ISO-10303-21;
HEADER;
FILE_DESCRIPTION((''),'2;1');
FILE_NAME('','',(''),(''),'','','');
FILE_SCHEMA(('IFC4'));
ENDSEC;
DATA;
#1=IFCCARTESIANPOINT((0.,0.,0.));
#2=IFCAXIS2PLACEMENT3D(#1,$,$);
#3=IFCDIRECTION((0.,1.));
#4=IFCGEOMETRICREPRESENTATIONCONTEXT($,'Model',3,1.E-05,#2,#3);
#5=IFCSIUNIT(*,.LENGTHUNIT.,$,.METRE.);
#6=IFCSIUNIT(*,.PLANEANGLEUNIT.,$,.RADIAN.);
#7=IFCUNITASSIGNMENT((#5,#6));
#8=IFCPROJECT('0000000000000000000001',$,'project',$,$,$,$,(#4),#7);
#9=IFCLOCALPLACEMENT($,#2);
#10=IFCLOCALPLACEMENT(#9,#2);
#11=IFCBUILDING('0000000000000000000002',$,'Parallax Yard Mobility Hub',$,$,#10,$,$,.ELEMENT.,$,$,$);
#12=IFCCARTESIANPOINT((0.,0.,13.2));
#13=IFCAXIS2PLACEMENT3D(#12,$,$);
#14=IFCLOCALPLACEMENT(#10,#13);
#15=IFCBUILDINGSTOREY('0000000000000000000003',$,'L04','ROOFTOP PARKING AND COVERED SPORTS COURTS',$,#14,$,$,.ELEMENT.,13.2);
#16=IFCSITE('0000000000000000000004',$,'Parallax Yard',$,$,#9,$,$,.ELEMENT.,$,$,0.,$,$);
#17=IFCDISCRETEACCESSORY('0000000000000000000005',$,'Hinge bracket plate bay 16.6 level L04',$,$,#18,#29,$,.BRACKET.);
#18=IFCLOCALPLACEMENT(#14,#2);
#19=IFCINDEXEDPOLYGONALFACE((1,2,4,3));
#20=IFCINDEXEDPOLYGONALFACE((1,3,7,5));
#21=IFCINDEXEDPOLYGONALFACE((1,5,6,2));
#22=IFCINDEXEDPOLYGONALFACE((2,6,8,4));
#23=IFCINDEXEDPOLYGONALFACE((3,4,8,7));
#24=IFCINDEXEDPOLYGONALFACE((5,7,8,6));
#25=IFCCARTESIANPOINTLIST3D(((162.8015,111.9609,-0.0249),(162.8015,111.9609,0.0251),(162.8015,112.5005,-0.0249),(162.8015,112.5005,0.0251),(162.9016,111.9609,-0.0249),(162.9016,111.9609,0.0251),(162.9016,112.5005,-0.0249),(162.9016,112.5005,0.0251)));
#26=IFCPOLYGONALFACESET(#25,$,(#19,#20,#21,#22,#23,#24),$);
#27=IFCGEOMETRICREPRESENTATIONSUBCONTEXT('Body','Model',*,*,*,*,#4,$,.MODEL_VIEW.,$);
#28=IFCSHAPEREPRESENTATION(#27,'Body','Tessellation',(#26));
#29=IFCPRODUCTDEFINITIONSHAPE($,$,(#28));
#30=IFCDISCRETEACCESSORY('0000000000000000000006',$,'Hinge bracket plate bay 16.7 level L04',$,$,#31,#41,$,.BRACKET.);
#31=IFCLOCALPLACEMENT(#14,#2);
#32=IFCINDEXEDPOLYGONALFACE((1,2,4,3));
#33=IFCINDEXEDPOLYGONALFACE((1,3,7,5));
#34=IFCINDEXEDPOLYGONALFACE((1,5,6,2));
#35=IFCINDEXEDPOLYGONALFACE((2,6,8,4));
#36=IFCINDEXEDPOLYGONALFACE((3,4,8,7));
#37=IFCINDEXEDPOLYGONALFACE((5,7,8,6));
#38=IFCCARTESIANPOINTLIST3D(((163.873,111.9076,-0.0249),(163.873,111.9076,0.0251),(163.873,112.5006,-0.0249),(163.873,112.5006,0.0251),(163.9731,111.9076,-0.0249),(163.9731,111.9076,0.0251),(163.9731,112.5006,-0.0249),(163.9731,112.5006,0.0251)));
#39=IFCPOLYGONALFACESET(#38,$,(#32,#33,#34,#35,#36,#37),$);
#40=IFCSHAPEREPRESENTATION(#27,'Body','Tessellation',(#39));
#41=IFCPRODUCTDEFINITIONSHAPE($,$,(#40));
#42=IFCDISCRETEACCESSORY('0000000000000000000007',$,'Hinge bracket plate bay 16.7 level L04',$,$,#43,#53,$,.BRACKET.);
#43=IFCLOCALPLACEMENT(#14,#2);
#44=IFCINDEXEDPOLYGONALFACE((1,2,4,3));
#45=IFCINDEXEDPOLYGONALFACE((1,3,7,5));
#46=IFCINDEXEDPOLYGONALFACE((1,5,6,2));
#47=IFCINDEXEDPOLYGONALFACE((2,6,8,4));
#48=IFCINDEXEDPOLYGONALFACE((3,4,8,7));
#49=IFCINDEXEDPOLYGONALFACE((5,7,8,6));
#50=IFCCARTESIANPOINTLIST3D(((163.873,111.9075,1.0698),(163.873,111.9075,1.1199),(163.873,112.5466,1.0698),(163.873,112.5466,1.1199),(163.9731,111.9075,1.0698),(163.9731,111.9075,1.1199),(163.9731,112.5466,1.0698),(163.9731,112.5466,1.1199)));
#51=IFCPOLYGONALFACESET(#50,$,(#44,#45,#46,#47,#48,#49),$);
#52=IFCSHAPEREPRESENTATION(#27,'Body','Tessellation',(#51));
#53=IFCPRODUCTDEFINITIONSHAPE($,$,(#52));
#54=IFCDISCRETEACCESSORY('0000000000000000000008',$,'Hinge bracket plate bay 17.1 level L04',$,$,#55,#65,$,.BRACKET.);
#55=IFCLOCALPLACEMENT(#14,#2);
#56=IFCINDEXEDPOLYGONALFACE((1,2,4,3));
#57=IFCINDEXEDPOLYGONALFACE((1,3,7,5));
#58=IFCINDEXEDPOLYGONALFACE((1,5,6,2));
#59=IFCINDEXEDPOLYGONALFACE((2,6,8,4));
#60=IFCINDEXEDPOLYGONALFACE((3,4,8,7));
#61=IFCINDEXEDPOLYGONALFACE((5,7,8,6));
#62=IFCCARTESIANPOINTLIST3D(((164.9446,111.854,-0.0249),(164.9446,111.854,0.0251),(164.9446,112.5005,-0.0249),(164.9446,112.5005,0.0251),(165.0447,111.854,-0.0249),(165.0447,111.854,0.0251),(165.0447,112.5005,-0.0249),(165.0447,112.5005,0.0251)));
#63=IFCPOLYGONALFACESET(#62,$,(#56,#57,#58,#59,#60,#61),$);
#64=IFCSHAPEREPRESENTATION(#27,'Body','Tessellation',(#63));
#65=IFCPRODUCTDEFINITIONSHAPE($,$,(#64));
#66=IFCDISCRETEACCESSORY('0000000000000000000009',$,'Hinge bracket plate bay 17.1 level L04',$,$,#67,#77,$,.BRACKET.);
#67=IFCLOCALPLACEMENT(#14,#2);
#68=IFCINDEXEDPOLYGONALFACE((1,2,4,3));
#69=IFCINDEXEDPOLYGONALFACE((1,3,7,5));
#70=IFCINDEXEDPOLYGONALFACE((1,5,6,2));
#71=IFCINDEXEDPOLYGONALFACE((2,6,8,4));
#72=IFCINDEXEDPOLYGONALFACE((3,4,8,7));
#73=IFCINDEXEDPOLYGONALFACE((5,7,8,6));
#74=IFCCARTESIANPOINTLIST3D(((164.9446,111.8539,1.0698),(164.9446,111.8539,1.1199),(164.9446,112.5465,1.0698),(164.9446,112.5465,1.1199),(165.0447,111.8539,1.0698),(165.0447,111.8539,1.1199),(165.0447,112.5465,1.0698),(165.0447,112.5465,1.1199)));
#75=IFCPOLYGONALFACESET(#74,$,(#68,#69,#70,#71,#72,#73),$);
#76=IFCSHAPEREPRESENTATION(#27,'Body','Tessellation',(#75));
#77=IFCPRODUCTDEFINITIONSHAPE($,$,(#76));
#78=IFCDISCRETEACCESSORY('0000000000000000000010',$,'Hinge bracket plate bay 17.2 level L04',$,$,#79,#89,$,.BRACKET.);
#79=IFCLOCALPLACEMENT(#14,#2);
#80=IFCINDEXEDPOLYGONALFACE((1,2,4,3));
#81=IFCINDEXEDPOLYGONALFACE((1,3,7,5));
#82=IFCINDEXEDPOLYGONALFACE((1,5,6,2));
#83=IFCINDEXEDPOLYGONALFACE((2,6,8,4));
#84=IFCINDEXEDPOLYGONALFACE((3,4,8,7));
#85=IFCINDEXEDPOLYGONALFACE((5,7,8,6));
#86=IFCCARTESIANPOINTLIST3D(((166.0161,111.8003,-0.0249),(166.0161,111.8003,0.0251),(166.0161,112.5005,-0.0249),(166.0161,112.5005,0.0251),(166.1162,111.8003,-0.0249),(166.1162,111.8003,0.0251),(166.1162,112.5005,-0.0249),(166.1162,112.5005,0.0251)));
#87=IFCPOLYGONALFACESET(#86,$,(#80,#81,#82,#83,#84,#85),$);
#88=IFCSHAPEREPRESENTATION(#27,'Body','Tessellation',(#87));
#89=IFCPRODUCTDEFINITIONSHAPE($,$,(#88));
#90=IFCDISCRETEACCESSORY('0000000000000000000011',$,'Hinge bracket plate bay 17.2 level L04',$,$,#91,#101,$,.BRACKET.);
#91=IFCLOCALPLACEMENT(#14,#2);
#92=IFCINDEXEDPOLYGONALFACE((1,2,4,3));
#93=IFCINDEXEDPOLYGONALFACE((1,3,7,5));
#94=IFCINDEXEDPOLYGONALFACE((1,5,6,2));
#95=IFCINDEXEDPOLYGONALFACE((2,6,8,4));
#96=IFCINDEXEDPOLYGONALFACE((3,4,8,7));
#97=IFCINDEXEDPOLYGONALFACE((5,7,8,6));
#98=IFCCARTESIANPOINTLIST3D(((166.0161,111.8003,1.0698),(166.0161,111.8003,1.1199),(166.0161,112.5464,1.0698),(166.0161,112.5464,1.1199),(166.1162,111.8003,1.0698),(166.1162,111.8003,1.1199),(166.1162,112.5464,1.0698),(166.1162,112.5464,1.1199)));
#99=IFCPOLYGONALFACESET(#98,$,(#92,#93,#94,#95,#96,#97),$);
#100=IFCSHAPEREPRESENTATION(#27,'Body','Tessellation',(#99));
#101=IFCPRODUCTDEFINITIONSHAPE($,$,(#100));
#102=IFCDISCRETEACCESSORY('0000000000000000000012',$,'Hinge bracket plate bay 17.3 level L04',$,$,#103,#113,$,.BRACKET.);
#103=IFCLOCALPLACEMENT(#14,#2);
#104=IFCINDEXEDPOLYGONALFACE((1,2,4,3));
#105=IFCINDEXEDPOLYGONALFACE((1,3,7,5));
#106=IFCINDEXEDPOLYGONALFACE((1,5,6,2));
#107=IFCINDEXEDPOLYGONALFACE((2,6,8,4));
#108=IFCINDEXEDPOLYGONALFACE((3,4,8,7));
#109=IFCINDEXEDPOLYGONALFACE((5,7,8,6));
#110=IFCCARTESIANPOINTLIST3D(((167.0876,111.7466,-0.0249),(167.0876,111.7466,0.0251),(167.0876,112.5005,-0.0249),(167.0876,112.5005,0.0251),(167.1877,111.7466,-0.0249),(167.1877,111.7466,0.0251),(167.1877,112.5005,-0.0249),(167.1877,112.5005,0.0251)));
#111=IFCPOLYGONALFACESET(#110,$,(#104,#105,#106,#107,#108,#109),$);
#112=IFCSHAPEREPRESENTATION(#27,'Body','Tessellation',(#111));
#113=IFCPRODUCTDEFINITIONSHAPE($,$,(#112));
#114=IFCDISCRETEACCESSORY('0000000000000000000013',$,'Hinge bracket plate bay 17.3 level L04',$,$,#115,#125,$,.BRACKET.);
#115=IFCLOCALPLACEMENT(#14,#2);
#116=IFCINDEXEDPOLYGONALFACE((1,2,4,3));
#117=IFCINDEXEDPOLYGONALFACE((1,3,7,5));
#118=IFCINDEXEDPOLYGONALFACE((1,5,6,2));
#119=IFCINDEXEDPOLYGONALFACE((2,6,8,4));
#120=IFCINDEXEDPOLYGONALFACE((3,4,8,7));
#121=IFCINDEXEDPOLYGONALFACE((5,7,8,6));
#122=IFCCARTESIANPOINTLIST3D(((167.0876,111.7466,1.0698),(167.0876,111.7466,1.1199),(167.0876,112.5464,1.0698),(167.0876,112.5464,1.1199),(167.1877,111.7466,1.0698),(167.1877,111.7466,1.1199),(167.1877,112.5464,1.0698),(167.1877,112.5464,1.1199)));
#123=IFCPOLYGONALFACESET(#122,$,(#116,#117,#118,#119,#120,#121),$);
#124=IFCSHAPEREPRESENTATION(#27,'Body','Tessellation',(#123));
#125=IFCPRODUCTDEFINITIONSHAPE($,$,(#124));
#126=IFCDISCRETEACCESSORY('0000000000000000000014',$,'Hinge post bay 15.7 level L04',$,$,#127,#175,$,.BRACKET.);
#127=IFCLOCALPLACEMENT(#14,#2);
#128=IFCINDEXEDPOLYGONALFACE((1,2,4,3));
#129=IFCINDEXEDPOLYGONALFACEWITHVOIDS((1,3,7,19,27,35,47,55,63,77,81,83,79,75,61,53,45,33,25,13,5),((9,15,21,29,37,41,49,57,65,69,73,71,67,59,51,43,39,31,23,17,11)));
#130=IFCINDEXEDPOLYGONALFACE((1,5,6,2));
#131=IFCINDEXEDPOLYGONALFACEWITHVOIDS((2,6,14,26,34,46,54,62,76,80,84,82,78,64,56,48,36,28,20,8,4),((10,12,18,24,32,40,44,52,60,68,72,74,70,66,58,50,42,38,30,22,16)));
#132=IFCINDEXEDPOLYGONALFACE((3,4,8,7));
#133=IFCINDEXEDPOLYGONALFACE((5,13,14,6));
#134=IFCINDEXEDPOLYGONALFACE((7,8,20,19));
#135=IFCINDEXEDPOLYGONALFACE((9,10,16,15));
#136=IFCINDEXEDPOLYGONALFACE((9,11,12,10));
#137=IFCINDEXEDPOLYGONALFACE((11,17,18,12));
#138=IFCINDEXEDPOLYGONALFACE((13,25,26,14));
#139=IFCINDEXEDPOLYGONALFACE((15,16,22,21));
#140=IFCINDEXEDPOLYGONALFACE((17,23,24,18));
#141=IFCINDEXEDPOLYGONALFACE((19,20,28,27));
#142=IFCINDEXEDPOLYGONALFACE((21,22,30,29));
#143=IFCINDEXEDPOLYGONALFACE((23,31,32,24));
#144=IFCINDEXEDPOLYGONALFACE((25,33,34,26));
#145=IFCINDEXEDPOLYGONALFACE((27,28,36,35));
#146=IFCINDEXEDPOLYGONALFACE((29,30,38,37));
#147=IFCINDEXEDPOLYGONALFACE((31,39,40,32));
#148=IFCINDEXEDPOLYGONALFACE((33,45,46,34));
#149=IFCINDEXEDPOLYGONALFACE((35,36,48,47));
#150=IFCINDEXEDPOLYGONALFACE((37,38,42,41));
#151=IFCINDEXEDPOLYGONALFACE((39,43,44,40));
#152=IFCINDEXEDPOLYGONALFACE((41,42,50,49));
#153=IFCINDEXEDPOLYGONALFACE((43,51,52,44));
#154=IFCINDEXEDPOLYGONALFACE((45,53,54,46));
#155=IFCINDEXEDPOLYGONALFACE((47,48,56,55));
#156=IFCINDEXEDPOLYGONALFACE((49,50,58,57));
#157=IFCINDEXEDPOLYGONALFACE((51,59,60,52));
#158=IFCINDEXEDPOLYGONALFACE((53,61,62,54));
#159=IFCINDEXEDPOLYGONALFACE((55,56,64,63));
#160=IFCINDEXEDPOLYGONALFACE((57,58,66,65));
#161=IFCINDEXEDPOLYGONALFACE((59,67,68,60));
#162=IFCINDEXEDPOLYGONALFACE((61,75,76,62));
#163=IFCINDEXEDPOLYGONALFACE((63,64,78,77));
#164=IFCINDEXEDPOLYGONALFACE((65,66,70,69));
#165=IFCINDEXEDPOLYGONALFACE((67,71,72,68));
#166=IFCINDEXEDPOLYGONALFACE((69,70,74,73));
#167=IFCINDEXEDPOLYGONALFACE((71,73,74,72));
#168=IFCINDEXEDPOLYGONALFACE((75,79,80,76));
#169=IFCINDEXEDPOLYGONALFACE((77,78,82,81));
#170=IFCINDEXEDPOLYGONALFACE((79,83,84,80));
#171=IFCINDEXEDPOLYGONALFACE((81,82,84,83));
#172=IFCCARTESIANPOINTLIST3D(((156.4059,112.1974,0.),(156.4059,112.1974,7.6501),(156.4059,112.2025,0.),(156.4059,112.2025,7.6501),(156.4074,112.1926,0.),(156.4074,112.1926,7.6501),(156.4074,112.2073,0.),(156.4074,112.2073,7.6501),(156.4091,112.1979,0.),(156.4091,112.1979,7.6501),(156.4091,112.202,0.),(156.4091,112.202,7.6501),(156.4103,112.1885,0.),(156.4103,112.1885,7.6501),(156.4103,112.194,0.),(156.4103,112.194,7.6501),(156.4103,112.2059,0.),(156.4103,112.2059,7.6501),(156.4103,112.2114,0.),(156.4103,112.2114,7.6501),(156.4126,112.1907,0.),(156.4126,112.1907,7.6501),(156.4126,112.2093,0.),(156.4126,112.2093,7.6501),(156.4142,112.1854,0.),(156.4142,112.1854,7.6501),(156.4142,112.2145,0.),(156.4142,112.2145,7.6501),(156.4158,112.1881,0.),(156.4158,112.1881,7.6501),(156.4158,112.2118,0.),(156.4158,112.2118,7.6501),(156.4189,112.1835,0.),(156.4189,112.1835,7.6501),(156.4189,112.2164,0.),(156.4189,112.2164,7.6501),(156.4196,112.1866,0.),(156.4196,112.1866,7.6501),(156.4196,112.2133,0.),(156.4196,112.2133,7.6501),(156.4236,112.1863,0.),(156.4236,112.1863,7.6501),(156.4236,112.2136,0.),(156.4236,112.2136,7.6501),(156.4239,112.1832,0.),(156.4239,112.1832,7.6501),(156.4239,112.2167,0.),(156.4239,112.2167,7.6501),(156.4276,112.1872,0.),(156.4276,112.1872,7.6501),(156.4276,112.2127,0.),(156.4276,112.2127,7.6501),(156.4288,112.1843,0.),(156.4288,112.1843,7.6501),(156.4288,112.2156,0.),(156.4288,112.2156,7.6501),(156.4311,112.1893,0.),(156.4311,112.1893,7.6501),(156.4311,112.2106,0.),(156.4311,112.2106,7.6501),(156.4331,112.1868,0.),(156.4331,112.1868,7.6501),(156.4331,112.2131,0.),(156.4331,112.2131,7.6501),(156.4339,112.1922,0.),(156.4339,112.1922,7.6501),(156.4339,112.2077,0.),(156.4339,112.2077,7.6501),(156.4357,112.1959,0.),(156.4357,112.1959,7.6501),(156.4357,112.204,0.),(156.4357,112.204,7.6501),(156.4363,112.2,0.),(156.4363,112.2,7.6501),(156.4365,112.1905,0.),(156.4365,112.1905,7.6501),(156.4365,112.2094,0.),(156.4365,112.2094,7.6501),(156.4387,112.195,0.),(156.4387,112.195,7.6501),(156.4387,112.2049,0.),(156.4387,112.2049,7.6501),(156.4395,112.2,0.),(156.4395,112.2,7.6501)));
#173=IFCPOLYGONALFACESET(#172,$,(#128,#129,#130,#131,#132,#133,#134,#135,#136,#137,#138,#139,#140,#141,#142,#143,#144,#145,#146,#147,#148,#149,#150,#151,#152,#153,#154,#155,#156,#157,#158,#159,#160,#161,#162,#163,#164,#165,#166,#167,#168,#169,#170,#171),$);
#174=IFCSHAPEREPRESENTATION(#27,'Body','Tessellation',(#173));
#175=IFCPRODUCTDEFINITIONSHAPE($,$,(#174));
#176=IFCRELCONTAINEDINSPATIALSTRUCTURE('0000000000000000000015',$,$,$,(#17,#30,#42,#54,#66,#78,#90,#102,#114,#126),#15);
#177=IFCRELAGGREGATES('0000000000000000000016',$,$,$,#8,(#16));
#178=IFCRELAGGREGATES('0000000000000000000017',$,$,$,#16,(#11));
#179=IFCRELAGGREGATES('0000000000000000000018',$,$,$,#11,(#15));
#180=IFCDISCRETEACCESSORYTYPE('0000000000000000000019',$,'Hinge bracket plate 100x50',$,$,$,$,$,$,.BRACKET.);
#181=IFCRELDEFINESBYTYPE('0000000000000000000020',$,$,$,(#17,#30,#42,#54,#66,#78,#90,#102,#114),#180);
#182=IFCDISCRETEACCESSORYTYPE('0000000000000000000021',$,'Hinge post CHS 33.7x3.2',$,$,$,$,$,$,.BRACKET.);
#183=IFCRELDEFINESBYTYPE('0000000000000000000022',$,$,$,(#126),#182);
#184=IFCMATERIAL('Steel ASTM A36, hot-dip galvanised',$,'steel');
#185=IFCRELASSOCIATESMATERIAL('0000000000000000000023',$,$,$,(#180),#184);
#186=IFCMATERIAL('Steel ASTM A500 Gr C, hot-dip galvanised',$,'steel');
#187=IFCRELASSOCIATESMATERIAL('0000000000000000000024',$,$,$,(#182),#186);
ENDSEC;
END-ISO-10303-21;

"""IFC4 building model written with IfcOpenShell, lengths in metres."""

from ifc_helpers import new_model, si_unit, direction, frame, origin, origin_2d, place, context, subcontext, project, spatial, rectangle, hollow_circle, extrude, material, material_profile, profile_set, type_object, element, save


model = new_model("IFC4")

# Units and contexts
model_context = context("Model", 3, precision=1e-05, world=origin(), true_north=direction((0.0, 1.0)))
body_context = subcontext(model_context, "Body", "Model", "MODEL_VIEW")
ifc_project = project(units=[si_unit("LENGTHUNIT", "METRE"), si_unit("PLANEANGLEUNIT", "RADIAN")], contexts=[model_context])

# Site, building, storey
site_placement = place(None, origin())
site = spatial("IfcSite", under=ifc_project, at=site_placement, Name="Parallax Yard", CompositionType="ELEMENT", RefElevation=0.0)
building_placement = place(site_placement, origin())
building = spatial("IfcBuilding", under=site, at=building_placement, Name="Parallax Yard Mobility Hub", CompositionType="ELEMENT")
storey_placement = place(building_placement, frame((0.0, 0.0, 13.2)))
storey = spatial("IfcBuildingStorey", under=building, at=storey_placement, Name="L04", Description="ROOFTOP PARKING AND COVERED SPORTS COURTS", CompositionType="ELEMENT", Elevation=13.2)

# Discrete accessories
ifc_material_1 = material(Name="Steel ASTM A36, hot-dip galvanised", Category="steel")
discrete_accessory_type_1 = type_object("IfcDiscreteAccessoryType", Name="Hinge bracket plate 100x50", PredefinedType="BRACKET", material=ifc_material_1)
discrete_accessory_1_placement = place(storey_placement, frame((162.8516, 112.2307, -0.0249), z_axis=(0.0, 0.0, 1.0), x_axis=(0.0, -1.0, 0.0)))
element("IfcDiscreteAccessory", 1, at=discrete_accessory_1_placement, inside=storey, type_object=discrete_accessory_type_1, Name="Hinge bracket plate bay 16.6 level L04", PredefinedType="BRACKET", context=body_context, shape_type="SweptSolid", body=[
    extrude(rectangle(XDim=0.5396, YDim=0.1001, at=origin_2d()), origin(), (0.0, 0.0, 1.0), 0.05),
])
discrete_accessory_2_placement = place(storey_placement, frame((163.9231, 112.2041, -0.0249), z_axis=(0.0, 0.0, 1.0), x_axis=(0.0, -1.0, 0.0)))
element("IfcDiscreteAccessory", 2, at=discrete_accessory_2_placement, inside=storey, type_object=discrete_accessory_type_1, Name="Hinge bracket plate bay 16.7 level L04", PredefinedType="BRACKET", context=body_context, shape_type="SweptSolid", body=[
    extrude(rectangle(XDim=0.593, YDim=0.1001, at=origin_2d()), origin(), (0.0, 0.0, 1.0), 0.05),
])
discrete_accessory_3_placement = place(storey_placement, frame((163.9231, 112.2271, 1.0698), z_axis=(0.0, 0.0, 1.0), x_axis=(0.0, -1.0, 0.0)))
element("IfcDiscreteAccessory", 3, at=discrete_accessory_3_placement, inside=storey, type_object=discrete_accessory_type_1, Name="Hinge bracket plate bay 16.7 level L04", PredefinedType="BRACKET", context=body_context, shape_type="SweptSolid", body=[
    extrude(rectangle(XDim=0.6392, YDim=0.1001, at=origin_2d()), origin(), (0.0, 0.0, 1.0), 0.05),
])
discrete_accessory_4_placement = place(storey_placement, frame((164.9946, 112.1772, -0.0249), z_axis=(0.0, 0.0, 1.0), x_axis=(0.0, -1.0, 0.0)))
element("IfcDiscreteAccessory", 4, at=discrete_accessory_4_placement, inside=storey, type_object=discrete_accessory_type_1, Name="Hinge bracket plate bay 17.1 level L04", PredefinedType="BRACKET", context=body_context, shape_type="SweptSolid", body=[
    extrude(rectangle(XDim=0.6465, YDim=0.1001, at=origin_2d()), origin(), (0.0, 0.0, 1.0), 0.05),
])
discrete_accessory_5_placement = place(storey_placement, frame((164.9946, 112.2002, 1.0698), z_axis=(0.0, 0.0, 1.0), x_axis=(0.0, -1.0, 0.0)))
element("IfcDiscreteAccessory", 5, at=discrete_accessory_5_placement, inside=storey, type_object=discrete_accessory_type_1, Name="Hinge bracket plate bay 17.1 level L04", PredefinedType="BRACKET", context=body_context, shape_type="SweptSolid", body=[
    extrude(rectangle(XDim=0.6926, YDim=0.1001, at=origin_2d()), origin(), (0.0, 0.0, 1.0), 0.05),
])
discrete_accessory_6_placement = place(storey_placement, frame((166.0662, 112.1504, -0.0249), z_axis=(0.0, 0.0, 1.0), x_axis=(0.0, -1.0, 0.0)))
element("IfcDiscreteAccessory", 6, at=discrete_accessory_6_placement, inside=storey, type_object=discrete_accessory_type_1, Name="Hinge bracket plate bay 17.2 level L04", PredefinedType="BRACKET", context=body_context, shape_type="SweptSolid", body=[
    extrude(rectangle(XDim=0.7002, YDim=0.1001, at=origin_2d()), origin(), (0.0, 0.0, 1.0), 0.05),
])
discrete_accessory_7_placement = place(storey_placement, frame((166.0662, 112.1733, 1.0698), z_axis=(0.0, 0.0, 1.0), x_axis=(0.0, -1.0, 0.0)))
element("IfcDiscreteAccessory", 7, at=discrete_accessory_7_placement, inside=storey, type_object=discrete_accessory_type_1, Name="Hinge bracket plate bay 17.2 level L04", PredefinedType="BRACKET", context=body_context, shape_type="SweptSolid", body=[
    extrude(rectangle(XDim=0.7461, YDim=0.1001, at=origin_2d()), origin(), (0.0, 0.0, 1.0), 0.05),
])
discrete_accessory_8_placement = place(storey_placement, frame((167.1377, 112.1235, -0.0249), z_axis=(0.0, 0.0, 1.0), x_axis=(0.0, -1.0, 0.0)))
element("IfcDiscreteAccessory", 8, at=discrete_accessory_8_placement, inside=storey, type_object=discrete_accessory_type_1, Name="Hinge bracket plate bay 17.3 level L04", PredefinedType="BRACKET", context=body_context, shape_type="SweptSolid", body=[
    extrude(rectangle(XDim=0.7539, YDim=0.1001, at=origin_2d()), origin(), (0.0, 0.0, 1.0), 0.05),
])
discrete_accessory_9_placement = place(storey_placement, frame((167.1377, 112.1465, 1.0698), z_axis=(0.0, 0.0, 1.0), x_axis=(0.0, -1.0, 0.0)))
element("IfcDiscreteAccessory", 9, at=discrete_accessory_9_placement, inside=storey, type_object=discrete_accessory_type_1, Name="Hinge bracket plate bay 17.3 level L04", PredefinedType="BRACKET", context=body_context, shape_type="SweptSolid", body=[
    extrude(rectangle(XDim=0.7998, YDim=0.1001, at=origin_2d()), origin(), (0.0, 0.0, 1.0), 0.05),
])
ifc_material_2 = material(Name="Steel ASTM A500 Gr C, hot-dip galvanised", Category="steel")
ifc_material_profile = material_profile(ifc_material_2, hollow_circle(Radius=0.0168, WallThickness=0.0032, at=origin_2d()), Name="CHS 33.7x3.2")
ifc_profile_set = profile_set([ifc_material_profile], Name="Steel ASTM A500 Gr C, hot-dip galvanised")
discrete_accessory_type_2 = type_object("IfcDiscreteAccessoryType", Name="Hinge post CHS 33.7x3.2", PredefinedType="BRACKET", material=ifc_profile_set)
for number, where, z_axis, x_axis, name in (
    (10, (156.4226, 112.2, 0.0), (0.0, 0.0, 1.0), (1.0, 0.0, 0.0), "Hinge post bay 15.7 level L04"),
):
    element("IfcDiscreteAccessory", number, at=place(storey_placement, frame(where, z_axis=z_axis, x_axis=x_axis)), inside=storey, type_object=discrete_accessory_type_2, Name=name, PredefinedType="BRACKET", context=body_context, shape_type="SweptSolid", body=[
        extrude(hollow_circle(Radius=0.0168, WallThickness=0.0032, at=origin_2d()), origin(), (0.0, 0.0, 1.0), 7.6501),
    ])

save(model, "model.ifc")
